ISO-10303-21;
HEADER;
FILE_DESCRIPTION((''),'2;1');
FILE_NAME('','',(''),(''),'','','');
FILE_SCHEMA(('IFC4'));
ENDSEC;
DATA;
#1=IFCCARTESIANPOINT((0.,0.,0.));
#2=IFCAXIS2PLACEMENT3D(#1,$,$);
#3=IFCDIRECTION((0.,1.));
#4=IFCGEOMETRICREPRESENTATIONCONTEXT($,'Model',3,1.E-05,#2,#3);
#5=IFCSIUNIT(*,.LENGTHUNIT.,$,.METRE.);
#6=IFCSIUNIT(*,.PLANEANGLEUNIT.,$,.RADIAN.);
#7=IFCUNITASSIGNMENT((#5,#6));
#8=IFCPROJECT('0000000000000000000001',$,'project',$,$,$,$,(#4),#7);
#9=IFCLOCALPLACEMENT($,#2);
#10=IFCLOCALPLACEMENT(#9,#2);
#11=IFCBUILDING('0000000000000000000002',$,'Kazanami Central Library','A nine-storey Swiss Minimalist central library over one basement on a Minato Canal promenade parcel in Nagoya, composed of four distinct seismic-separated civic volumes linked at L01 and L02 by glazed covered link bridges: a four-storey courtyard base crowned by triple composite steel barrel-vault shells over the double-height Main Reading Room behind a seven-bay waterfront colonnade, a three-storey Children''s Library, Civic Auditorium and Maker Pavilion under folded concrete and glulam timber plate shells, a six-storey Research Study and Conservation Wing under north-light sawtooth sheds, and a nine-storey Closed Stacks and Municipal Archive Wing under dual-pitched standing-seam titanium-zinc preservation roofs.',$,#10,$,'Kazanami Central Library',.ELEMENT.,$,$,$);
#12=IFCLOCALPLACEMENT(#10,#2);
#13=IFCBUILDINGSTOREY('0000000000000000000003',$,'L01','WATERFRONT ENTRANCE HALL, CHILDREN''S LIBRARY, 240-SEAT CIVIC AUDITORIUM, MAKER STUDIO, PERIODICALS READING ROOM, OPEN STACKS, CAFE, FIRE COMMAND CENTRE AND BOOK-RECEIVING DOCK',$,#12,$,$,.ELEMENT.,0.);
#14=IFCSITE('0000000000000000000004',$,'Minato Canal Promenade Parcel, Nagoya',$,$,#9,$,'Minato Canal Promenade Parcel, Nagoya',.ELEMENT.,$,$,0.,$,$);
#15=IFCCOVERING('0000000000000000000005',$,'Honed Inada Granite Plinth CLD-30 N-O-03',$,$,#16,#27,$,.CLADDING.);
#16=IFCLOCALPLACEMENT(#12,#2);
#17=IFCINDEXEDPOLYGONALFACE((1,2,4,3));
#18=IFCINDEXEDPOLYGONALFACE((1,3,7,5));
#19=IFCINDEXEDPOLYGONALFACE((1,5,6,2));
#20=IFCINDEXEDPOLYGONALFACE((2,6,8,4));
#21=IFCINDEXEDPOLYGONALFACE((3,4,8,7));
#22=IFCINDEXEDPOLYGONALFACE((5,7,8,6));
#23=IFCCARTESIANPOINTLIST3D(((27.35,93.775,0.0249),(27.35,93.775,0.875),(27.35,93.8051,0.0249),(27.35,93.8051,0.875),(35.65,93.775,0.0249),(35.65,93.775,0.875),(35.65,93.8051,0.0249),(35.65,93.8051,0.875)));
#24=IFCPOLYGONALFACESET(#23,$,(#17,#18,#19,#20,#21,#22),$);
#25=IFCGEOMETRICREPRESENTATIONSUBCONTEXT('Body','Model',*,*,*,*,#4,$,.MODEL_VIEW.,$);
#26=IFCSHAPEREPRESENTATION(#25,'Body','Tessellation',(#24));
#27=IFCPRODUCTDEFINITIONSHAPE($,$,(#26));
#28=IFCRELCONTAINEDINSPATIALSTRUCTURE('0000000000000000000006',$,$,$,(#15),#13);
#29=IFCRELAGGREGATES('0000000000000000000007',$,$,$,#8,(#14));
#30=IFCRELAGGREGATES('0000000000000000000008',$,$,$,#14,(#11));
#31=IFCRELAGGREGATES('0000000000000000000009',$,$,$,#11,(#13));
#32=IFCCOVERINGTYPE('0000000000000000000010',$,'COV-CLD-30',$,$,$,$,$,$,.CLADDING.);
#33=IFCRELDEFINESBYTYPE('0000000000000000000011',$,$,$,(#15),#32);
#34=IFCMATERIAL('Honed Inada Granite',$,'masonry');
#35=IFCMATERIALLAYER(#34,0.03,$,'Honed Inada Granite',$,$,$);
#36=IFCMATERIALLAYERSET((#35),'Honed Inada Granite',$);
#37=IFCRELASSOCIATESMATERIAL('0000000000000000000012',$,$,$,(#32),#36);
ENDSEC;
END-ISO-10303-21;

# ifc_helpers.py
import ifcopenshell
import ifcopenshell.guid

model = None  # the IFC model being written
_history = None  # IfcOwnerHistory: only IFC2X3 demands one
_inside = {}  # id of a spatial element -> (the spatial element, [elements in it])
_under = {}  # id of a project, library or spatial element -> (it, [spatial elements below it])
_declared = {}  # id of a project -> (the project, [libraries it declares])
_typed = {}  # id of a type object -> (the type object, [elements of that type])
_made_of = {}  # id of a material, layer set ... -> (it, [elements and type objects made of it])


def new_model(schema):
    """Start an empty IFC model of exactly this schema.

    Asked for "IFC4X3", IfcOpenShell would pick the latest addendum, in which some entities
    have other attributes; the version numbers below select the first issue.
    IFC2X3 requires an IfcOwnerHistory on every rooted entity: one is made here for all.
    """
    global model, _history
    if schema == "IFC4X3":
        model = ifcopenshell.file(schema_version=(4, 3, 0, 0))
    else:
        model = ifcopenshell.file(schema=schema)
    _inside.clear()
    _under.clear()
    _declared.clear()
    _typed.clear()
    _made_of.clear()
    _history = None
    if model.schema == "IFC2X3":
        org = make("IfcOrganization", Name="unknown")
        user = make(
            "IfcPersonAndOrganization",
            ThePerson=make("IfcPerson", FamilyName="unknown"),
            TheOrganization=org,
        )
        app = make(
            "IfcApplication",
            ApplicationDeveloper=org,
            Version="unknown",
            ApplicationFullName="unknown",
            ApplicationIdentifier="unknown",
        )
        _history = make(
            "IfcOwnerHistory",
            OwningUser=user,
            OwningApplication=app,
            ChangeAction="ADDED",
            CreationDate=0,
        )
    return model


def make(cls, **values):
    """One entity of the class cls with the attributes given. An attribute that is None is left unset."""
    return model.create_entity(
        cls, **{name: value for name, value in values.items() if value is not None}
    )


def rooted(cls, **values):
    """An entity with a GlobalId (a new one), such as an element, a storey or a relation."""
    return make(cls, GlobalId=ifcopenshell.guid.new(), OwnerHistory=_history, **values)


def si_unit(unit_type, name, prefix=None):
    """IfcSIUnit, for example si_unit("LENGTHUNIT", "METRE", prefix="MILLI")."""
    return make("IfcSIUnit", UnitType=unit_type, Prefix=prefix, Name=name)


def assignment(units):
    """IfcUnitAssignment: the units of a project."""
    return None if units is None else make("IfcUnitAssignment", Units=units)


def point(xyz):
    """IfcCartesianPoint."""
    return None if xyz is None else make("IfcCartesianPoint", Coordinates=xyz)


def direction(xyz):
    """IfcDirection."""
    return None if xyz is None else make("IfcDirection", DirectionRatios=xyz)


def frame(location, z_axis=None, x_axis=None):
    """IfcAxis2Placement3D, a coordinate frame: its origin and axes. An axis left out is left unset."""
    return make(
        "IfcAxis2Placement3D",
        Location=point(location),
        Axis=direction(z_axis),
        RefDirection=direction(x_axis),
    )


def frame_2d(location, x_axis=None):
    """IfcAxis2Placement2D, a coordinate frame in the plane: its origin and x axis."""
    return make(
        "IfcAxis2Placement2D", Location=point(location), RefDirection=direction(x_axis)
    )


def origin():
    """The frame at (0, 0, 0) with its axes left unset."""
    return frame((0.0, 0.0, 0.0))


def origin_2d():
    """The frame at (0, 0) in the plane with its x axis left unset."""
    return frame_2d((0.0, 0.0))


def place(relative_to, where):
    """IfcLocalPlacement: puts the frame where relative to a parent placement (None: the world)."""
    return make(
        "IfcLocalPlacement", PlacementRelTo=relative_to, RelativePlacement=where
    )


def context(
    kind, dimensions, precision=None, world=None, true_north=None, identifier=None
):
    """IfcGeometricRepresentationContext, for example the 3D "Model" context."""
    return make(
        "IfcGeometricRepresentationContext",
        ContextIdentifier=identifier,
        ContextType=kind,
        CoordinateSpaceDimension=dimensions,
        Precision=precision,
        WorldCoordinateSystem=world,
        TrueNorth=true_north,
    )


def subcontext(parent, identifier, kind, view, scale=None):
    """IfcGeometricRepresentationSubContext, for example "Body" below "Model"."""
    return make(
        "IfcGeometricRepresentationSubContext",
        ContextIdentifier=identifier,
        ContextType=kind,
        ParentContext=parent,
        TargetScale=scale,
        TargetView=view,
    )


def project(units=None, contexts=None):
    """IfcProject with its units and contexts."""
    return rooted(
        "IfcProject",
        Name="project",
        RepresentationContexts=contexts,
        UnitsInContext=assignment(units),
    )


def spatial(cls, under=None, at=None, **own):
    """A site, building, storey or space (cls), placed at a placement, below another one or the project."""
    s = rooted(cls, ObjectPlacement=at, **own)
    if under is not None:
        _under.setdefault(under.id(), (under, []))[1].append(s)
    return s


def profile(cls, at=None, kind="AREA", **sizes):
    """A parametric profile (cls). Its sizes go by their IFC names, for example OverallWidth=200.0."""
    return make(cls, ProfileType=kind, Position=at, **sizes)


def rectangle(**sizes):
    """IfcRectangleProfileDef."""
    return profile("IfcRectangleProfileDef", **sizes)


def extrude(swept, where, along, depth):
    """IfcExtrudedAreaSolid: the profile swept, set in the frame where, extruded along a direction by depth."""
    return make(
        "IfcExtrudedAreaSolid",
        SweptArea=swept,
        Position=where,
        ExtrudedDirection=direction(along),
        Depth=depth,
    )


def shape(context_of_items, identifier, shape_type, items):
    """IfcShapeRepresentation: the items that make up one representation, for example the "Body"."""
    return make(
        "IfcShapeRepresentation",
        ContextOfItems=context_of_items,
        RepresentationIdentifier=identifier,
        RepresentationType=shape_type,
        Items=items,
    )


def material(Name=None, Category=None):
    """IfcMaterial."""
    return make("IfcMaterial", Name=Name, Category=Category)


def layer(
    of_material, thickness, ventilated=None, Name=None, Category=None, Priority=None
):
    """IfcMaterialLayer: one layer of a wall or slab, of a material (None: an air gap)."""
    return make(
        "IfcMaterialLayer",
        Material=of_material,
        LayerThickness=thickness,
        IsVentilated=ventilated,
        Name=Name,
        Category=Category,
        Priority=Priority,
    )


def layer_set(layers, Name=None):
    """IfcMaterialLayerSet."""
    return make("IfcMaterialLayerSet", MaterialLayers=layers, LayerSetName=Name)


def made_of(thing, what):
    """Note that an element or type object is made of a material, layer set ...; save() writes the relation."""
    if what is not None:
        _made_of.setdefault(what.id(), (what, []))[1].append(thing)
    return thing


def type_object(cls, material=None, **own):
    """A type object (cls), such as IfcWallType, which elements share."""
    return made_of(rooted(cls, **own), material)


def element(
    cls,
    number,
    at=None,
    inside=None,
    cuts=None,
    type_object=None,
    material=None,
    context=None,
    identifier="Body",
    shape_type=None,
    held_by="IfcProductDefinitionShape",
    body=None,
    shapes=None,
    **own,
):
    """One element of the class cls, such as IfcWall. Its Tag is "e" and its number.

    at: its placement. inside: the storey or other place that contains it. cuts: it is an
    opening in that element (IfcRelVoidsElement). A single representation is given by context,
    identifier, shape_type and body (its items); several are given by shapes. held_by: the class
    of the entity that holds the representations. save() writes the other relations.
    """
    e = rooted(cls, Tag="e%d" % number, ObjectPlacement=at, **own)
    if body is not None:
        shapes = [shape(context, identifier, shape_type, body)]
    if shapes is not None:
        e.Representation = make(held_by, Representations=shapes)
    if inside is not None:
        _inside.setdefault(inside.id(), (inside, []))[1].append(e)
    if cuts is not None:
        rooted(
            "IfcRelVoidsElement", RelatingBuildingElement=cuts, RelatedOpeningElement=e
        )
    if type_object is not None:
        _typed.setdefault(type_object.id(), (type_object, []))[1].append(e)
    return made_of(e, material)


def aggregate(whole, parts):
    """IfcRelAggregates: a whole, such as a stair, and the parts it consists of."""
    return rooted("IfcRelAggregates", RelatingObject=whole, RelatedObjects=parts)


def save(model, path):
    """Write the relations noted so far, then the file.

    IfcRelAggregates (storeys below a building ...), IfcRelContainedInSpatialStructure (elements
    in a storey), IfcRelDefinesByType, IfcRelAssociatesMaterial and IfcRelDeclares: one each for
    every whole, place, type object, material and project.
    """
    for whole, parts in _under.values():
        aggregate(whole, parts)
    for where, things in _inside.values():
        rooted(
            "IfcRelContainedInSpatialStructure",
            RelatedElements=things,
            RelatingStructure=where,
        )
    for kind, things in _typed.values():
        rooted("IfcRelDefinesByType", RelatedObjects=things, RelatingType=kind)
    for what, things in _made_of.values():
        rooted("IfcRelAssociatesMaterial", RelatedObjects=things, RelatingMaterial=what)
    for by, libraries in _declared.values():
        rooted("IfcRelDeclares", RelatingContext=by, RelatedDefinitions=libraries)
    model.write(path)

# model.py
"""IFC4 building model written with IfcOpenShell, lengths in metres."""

from ifc_helpers import new_model, si_unit, direction, frame, origin, origin_2d, place, context, subcontext, project, spatial, rectangle, extrude, material, layer, layer_set, type_object, element, save


model = new_model("IFC4")

# Units and contexts
model_context = context("Model", 3, precision=1e-05, world=origin(), true_north=direction((0.0, 1.0)))
body_context = subcontext(model_context, "Body", "Model", "MODEL_VIEW")
ifc_project = project(units=[si_unit("LENGTHUNIT", "METRE"), si_unit("PLANEANGLEUNIT", "RADIAN")], contexts=[model_context])

# Site, building, storey
site_placement = place(None, origin())
site = spatial("IfcSite", under=ifc_project, at=site_placement, Name="Minato Canal Promenade Parcel, Nagoya", LongName="Minato Canal Promenade Parcel, Nagoya", CompositionType="ELEMENT", RefElevation=0.0)
building_placement = place(site_placement, origin())
building = spatial("IfcBuilding", under=site, at=building_placement, Name="Kazanami Central Library", Description="A nine-storey Swiss Minimalist central library over one basement on a Minato Canal promenade parcel in Nagoya, composed of four distinct seismic-separated civic volumes linked at L01 and L02 by glazed covered link bridges: a four-storey courtyard base crowned by triple composite steel barrel-vault shells over the double-height Main Reading Room behind a seven-bay waterfront colonnade, a three-storey Children's Library, Civic Auditorium and Maker Pavilion under folded concrete and glulam timber plate shells, a six-storey Research Study and Conservation Wing under north-light sawtooth sheds, and a nine-storey Closed Stacks and Municipal Archive Wing under dual-pitched standing-seam titanium-zinc preservation roofs.", LongName="Kazanami Central Library", CompositionType="ELEMENT")
storey_placement = place(building_placement, origin())
storey = spatial("IfcBuildingStorey", under=building, at=storey_placement, Name="L01", Description="WATERFRONT ENTRANCE HALL, CHILDREN'S LIBRARY, 240-SEAT CIVIC AUDITORIUM, MAKER STUDIO, PERIODICALS READING ROOM, OPEN STACKS, CAFE, FIRE COMMAND CENTRE AND BOOK-RECEIVING DOCK", CompositionType="ELEMENT", Elevation=0.0)

# Shared definitions
ifc_material_1 = material(Name="Honed Inada Granite", Category="masonry")

# Covering
ifc_layer_1 = layer(ifc_material_1, 0.03, Name="Honed Inada Granite")
ifc_layer_set_1 = layer_set([ifc_layer_1], Name="Honed Inada Granite")
covering_type = type_object("IfcCoveringType", Name="COV-CLD-30", PredefinedType="CLADDING", material=ifc_layer_set_1)
for number, where, z_axis, x_axis, name in (
    (1, (31.5, 93.79, 0.0249), (0.0, 0.0, 1.0), (-1.0, 0.0, 0.0), "Honed Inada Granite Plinth CLD-30 N-O-03"),
):
    element("IfcCovering", number, at=place(storey_placement, frame(where, z_axis=z_axis, x_axis=x_axis)), inside=storey, type_object=covering_type, Name=name, PredefinedType="CLADDING", context=body_context, shape_type="SweptSolid", body=[
        extrude(rectangle(XDim=8.3, YDim=0.03, at=origin_2d()), origin(), (0.0, 0.0, 1.0), 0.8501),
    ])

save(model, "model.ifc")
